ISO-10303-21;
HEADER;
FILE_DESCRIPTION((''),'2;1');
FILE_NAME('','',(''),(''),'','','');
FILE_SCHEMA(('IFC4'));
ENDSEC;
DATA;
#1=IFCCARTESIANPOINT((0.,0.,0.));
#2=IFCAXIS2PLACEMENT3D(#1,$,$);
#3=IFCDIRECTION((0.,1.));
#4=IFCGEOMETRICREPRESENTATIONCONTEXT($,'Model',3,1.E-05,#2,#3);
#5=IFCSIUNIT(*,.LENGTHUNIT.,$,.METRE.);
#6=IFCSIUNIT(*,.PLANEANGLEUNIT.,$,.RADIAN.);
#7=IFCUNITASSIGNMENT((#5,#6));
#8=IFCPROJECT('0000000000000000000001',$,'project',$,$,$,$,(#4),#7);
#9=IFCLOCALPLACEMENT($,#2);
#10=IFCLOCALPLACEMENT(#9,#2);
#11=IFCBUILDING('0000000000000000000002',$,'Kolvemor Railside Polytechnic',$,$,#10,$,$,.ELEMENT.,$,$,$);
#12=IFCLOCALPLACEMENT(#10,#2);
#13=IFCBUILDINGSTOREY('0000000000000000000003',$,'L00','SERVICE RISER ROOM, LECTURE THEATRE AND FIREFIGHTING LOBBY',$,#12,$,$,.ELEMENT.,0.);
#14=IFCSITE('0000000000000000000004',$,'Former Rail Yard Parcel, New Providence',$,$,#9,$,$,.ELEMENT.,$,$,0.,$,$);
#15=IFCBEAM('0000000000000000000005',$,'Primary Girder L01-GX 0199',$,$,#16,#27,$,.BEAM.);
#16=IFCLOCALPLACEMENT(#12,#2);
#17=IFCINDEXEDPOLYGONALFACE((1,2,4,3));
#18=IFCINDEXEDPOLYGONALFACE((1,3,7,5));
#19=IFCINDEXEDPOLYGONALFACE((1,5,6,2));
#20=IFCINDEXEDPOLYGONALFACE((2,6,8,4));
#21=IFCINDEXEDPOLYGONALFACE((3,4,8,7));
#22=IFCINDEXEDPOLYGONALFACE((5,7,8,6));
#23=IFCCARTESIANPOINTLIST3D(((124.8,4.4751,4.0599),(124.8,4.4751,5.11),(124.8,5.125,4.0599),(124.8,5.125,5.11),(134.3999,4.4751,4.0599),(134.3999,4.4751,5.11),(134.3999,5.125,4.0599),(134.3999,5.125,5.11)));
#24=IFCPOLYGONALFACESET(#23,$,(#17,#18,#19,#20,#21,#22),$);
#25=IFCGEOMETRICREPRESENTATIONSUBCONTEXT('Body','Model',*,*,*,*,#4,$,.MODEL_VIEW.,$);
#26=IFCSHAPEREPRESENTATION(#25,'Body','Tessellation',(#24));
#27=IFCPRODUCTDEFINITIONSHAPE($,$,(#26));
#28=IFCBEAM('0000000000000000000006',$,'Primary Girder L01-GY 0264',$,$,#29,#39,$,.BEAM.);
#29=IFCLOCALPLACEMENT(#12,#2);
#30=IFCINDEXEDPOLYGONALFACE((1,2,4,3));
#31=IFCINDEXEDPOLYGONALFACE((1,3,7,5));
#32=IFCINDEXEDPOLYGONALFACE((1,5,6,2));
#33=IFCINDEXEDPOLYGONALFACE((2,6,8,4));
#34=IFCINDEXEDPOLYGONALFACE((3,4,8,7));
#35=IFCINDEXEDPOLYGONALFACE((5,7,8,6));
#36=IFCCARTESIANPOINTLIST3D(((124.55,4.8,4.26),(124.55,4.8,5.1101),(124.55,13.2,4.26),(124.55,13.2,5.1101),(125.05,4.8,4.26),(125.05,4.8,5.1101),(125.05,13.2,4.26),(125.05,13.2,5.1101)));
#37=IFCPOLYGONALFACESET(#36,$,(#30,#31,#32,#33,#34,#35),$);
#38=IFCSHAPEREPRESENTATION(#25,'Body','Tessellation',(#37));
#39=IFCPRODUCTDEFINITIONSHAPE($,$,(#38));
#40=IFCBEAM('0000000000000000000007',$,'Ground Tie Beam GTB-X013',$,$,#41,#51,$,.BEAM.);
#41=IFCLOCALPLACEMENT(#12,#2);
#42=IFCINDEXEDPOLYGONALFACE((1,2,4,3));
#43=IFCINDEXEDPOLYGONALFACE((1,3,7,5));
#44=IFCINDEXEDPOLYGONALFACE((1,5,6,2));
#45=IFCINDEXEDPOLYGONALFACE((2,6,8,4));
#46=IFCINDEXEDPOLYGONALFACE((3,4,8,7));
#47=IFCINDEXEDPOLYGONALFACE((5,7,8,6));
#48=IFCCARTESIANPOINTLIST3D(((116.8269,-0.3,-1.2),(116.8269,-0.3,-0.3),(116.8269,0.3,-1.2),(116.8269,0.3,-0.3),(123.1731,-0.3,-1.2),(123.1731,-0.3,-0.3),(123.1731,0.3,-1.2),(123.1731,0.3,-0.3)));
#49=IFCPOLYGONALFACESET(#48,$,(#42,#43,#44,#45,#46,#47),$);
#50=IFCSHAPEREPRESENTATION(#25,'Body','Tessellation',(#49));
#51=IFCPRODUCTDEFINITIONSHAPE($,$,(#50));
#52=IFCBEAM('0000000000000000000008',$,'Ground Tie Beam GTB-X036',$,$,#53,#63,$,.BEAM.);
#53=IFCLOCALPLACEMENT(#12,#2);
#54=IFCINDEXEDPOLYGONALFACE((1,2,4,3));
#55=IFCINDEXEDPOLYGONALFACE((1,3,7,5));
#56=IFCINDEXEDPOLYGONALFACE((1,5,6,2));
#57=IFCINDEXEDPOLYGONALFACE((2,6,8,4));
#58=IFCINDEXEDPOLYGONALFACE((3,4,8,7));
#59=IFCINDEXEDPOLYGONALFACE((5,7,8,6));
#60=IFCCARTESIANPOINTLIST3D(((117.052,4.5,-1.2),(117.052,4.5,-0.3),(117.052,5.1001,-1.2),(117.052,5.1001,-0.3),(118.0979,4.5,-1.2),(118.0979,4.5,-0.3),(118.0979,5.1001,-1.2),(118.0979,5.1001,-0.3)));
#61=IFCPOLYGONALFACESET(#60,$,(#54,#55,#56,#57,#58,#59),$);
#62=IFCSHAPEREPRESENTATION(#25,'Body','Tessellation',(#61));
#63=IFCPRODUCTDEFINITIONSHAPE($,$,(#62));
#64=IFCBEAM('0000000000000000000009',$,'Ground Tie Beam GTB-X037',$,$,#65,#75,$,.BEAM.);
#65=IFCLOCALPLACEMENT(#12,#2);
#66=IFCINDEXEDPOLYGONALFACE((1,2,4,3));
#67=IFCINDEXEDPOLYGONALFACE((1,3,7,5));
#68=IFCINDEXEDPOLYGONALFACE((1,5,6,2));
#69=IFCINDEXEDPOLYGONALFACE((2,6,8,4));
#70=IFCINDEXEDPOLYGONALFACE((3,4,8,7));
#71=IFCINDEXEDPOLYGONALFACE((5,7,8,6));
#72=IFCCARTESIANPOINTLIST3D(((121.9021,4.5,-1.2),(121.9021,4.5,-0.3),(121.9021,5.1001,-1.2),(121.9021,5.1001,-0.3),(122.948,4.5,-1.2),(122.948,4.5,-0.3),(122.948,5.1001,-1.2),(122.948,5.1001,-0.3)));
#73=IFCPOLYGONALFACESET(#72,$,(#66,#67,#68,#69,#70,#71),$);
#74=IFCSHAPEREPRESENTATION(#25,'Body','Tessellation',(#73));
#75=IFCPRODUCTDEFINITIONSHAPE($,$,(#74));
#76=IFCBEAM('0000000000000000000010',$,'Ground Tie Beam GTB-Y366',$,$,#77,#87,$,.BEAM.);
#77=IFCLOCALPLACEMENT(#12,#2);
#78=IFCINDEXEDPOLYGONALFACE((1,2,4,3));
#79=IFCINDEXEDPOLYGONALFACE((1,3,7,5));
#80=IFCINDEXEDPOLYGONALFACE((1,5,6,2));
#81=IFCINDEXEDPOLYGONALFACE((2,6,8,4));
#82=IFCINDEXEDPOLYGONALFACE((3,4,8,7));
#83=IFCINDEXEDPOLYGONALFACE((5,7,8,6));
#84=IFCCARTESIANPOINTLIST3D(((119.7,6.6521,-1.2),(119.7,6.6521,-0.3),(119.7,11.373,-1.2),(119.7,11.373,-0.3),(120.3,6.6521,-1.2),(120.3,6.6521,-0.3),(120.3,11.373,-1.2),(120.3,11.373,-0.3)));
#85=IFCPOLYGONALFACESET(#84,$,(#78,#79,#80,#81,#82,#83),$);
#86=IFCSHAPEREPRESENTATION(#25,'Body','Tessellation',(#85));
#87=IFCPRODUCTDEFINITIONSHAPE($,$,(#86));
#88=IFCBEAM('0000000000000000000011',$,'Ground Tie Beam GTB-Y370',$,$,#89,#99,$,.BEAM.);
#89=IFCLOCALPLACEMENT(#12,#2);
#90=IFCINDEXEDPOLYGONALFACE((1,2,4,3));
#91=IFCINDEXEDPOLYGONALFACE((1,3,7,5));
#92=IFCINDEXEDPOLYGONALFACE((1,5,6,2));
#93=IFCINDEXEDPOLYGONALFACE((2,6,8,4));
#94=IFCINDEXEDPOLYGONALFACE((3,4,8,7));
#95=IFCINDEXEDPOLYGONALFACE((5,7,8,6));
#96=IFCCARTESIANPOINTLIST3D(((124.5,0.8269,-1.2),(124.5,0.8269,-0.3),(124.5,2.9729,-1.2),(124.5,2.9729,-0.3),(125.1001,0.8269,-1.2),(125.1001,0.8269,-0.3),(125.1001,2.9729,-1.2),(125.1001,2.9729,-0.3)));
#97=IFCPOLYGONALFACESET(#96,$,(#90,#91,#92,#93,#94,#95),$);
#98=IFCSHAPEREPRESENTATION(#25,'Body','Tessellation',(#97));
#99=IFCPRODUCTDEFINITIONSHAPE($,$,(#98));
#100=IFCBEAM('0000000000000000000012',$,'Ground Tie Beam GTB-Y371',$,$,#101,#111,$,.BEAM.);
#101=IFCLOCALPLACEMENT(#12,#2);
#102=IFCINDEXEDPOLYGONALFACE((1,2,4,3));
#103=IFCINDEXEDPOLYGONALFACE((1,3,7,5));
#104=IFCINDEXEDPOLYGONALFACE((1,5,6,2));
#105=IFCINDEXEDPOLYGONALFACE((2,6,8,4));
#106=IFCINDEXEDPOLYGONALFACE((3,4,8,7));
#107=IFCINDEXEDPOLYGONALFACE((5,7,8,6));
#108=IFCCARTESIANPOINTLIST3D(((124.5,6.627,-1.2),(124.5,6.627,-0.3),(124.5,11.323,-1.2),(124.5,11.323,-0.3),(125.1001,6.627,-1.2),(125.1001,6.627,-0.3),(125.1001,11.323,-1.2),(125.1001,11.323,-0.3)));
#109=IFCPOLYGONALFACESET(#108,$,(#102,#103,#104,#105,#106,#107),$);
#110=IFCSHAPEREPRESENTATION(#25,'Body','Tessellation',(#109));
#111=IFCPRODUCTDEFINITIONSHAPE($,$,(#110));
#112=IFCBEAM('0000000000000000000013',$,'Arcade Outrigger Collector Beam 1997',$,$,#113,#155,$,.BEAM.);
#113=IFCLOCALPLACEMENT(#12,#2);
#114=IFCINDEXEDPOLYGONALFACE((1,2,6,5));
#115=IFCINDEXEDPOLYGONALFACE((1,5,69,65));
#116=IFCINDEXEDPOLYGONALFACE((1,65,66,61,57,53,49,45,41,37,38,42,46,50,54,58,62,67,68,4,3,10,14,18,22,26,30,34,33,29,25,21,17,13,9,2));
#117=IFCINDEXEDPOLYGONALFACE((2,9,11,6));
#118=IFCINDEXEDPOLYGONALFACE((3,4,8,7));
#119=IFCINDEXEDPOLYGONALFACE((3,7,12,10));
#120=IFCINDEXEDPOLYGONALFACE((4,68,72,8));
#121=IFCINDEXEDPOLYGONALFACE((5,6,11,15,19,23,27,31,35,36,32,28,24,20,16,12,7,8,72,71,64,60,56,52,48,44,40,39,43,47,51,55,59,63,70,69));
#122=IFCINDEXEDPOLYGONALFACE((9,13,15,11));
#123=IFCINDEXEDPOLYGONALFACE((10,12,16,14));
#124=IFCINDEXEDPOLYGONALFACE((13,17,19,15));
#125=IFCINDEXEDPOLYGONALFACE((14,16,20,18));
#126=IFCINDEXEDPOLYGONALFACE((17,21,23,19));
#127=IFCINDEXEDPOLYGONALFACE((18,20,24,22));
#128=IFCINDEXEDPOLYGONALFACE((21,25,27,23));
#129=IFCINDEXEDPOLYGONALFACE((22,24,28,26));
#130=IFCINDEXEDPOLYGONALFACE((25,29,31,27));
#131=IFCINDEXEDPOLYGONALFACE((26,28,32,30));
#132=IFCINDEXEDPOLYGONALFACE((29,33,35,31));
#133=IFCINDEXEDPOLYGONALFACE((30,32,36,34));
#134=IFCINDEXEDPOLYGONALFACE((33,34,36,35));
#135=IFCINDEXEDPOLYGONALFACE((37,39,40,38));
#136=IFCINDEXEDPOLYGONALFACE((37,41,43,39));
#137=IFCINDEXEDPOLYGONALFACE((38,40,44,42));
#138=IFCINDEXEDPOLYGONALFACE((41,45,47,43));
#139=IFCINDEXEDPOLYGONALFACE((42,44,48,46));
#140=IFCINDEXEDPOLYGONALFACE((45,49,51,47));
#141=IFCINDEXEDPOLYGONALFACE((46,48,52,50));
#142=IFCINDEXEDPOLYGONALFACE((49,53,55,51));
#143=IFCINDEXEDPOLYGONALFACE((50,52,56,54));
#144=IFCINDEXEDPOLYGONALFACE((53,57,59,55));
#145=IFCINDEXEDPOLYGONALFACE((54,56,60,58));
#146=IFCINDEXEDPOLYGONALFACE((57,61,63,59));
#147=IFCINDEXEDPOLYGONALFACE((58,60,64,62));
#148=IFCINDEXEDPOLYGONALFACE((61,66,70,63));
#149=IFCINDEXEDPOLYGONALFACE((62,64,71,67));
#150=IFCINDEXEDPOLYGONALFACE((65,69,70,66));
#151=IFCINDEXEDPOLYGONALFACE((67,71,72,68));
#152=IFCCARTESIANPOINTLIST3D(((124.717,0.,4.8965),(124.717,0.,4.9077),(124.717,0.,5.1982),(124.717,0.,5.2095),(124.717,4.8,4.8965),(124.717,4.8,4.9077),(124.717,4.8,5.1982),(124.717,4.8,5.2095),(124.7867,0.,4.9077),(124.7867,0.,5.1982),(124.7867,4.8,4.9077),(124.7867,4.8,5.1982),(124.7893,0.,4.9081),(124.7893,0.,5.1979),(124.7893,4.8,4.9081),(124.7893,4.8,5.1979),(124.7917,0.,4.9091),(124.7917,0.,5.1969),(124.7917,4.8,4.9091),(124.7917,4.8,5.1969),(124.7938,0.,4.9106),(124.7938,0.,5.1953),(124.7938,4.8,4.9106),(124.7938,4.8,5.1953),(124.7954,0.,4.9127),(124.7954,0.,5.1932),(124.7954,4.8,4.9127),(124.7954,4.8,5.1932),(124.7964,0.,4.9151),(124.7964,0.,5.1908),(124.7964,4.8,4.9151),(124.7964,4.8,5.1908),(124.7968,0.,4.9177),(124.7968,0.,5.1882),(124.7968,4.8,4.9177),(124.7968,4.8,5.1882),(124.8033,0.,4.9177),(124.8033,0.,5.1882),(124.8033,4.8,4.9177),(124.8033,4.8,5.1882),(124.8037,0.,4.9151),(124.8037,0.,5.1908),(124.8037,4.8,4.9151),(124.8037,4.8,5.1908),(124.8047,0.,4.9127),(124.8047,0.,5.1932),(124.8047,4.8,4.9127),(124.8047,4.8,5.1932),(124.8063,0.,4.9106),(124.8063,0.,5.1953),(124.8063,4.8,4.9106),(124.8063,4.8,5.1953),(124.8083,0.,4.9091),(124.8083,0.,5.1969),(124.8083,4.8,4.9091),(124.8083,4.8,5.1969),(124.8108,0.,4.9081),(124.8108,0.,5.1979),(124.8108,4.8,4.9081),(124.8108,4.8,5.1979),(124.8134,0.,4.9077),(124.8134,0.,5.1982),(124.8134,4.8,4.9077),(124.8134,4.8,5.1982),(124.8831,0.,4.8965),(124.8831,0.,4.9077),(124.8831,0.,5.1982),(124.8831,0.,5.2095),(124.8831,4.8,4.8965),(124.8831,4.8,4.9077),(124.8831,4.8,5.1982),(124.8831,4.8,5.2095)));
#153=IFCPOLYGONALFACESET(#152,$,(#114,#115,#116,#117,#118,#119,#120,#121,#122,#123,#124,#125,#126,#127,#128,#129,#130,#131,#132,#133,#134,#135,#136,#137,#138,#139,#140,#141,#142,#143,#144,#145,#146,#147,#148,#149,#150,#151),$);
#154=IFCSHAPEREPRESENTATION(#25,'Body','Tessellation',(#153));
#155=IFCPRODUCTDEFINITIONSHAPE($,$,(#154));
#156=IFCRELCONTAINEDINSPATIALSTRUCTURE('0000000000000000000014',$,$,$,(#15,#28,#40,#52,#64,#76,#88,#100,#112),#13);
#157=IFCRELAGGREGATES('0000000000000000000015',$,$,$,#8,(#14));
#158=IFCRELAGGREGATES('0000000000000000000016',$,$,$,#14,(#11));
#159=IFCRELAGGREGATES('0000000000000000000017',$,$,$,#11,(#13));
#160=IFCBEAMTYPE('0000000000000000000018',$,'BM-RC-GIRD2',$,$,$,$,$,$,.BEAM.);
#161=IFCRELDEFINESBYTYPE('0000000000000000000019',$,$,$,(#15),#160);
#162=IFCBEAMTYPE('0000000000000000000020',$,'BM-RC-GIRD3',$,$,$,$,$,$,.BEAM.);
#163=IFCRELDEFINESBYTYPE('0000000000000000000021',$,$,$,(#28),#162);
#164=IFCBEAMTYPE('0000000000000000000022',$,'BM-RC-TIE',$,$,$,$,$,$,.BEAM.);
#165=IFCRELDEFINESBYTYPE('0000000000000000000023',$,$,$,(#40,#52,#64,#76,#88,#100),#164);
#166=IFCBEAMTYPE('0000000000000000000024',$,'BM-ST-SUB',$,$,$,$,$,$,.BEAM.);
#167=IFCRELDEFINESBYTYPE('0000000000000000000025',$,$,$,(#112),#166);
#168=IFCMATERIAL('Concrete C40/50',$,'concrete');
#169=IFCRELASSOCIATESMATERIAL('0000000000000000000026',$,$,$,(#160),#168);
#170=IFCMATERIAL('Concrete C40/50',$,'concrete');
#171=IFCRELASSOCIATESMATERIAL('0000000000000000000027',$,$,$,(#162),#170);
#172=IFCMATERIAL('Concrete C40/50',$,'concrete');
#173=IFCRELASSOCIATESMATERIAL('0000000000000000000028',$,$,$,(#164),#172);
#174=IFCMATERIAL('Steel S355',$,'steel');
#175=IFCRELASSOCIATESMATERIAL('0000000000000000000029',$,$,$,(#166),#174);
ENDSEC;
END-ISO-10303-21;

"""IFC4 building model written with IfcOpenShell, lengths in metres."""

from ifc_helpers import new_model, si_unit, direction, frame, origin, origin_2d, place, context, subcontext, project, spatial, rectangle, i_section, extrude, material, material_profile, profile_set, type_object, element, save


model = new_model("IFC4")

# Units and contexts
model_context = context("Model", 3, precision=1e-05, world=origin(), true_north=direction((0.0, 1.0)))
body_context = subcontext(model_context, "Body", "Model", "MODEL_VIEW")
ifc_project = project(units=[si_unit("LENGTHUNIT", "METRE"), si_unit("PLANEANGLEUNIT", "RADIAN")], contexts=[model_context])

# Site, building, storey
site_placement = place(None, origin())
site = spatial("IfcSite", under=ifc_project, at=site_placement, Name="Former Rail Yard Parcel, New Providence", CompositionType="ELEMENT", RefElevation=0.0)
building_placement = place(site_placement, origin())
building = spatial("IfcBuilding", under=site, at=building_placement, Name="Kolvemor Railside Polytechnic", CompositionType="ELEMENT")
storey_placement = place(building_placement, origin())
storey = spatial("IfcBuildingStorey", under=building, at=storey_placement, Name="L00", Description="SERVICE RISER ROOM, LECTURE THEATRE AND FIREFIGHTING LOBBY", CompositionType="ELEMENT", Elevation=0.0)

# Beams
ifc_material_1 = material(Name="Concrete C40/50", Category="concrete")
ifc_material_profile_1 = material_profile(ifc_material_1, rectangle(XDim=0.6499, YDim=1.05, at=origin_2d()), Name="RC650x1050")
ifc_profile_set_1 = profile_set([ifc_material_profile_1], Name="Concrete C40/50")
beam_type_1 = type_object("IfcBeamType", Name="BM-RC-GIRD2", PredefinedType="BEAM", material=ifc_profile_set_1)
beam_1_placement = place(storey_placement, frame((124.8, 4.8, 4.585), z_axis=(1.0, 0.0, 0.0), x_axis=(0.0, 1.0, 0.0)))
element("IfcBeam", 1, at=beam_1_placement, inside=storey, type_object=beam_type_1, Name="Primary Girder L01-GX 0199", PredefinedType="BEAM", context=body_context, shape_type="SweptSolid", body=[
    extrude(rectangle(XDim=0.6499, YDim=1.05, at=origin_2d()), origin(), (0.0, 0.0, 1.0), 9.5999),
])
ifc_material_2 = material(Name="Concrete C40/50", Category="concrete")
ifc_material_profile_2 = material_profile(ifc_material_2, rectangle(XDim=0.5, YDim=0.8501, at=origin_2d()), Name="RC500x850")
ifc_profile_set_2 = profile_set([ifc_material_profile_2], Name="Concrete C40/50")
beam_type_2 = type_object("IfcBeamType", Name="BM-RC-GIRD3", PredefinedType="BEAM", material=ifc_profile_set_2)
beam_2_placement = place(storey_placement, frame((124.8, 4.8, 4.6851), z_axis=(0.0, 1.0, 0.0), x_axis=(-1.0, 0.0, 0.0)))
element("IfcBeam", 2, at=beam_2_placement, inside=storey, type_object=beam_type_2, Name="Primary Girder L01-GY 0264", PredefinedType="BEAM", context=body_context, shape_type="SweptSolid", body=[
    extrude(rectangle(XDim=0.5, YDim=0.8501, at=origin_2d()), origin(), (0.0, 0.0, 1.0), 8.3999),
])
ifc_material_3 = material(Name="Concrete C40/50", Category="concrete")
ifc_material_profile_3 = material_profile(ifc_material_3, rectangle(XDim=0.6001, YDim=0.8999, at=origin_2d()), Name="RC600x900")
ifc_profile_set_3 = profile_set([ifc_material_profile_3], Name="Concrete C40/50")
beam_type_3 = type_object("IfcBeamType", Name="BM-RC-TIE", PredefinedType="BEAM", material=ifc_profile_set_3)
beam_3_placement = place(storey_placement, frame((116.8269, 0.0, -0.75), z_axis=(1.0, 0.0, 0.0), x_axis=(0.0, 1.0, 0.0)))
element("IfcBeam", 3, at=beam_3_placement, inside=storey, type_object=beam_type_3, Name="Ground Tie Beam GTB-X013", PredefinedType="BEAM", context=body_context, shape_type="SweptSolid", body=[
    extrude(rectangle(XDim=0.6001, YDim=0.8999, at=origin_2d()), origin(), (0.0, 0.0, 1.0), 6.3462),
])
for number, where, z_axis, x_axis, name in (
    (4, (117.052, 4.8, -0.75), (1.0, 0.0, 0.0), (0.0, 1.0, 0.0), "Ground Tie Beam GTB-X036"),
    (5, (121.9021, 4.8, -0.75), (1.0, 0.0, 0.0), (0.0, 1.0, 0.0), "Ground Tie Beam GTB-X037"),
):
    element("IfcBeam", number, at=place(storey_placement, frame(where, z_axis=z_axis, x_axis=x_axis)), inside=storey, type_object=beam_type_3, Name=name, PredefinedType="BEAM", context=body_context, shape_type="SweptSolid", body=[
        extrude(rectangle(XDim=0.6001, YDim=0.8999, at=origin_2d()), origin(), (0.0, 0.0, 1.0), 1.0459),
    ])
beam_4_placement = place(storey_placement, frame((120.0, 6.6521, -0.75), z_axis=(0.0, 1.0, 0.0), x_axis=(-1.0, 0.0, 0.0)))
element("IfcBeam", 6, at=beam_4_placement, inside=storey, type_object=beam_type_3, Name="Ground Tie Beam GTB-Y366", PredefinedType="BEAM", context=body_context, shape_type="SweptSolid", body=[
    extrude(rectangle(XDim=0.6001, YDim=0.8999, at=origin_2d()), origin(), (0.0, 0.0, 1.0), 4.7209),
])
beam_5_placement = place(storey_placement, frame((124.8, 0.8269, -0.75), z_axis=(0.0, 1.0, 0.0), x_axis=(-1.0, 0.0, 0.0)))
element("IfcBeam", 7, at=beam_5_placement, inside=storey, type_object=beam_type_3, Name="Ground Tie Beam GTB-Y370", PredefinedType="BEAM", context=body_context, shape_type="SweptSolid", body=[
    extrude(rectangle(XDim=0.6001, YDim=0.8999, at=origin_2d()), origin(), (0.0, 0.0, 1.0), 2.146),
])
beam_6_placement = place(storey_placement, frame((124.8, 6.627, -0.75), z_axis=(0.0, 1.0, 0.0), x_axis=(-1.0, 0.0, 0.0)))
element("IfcBeam", 8, at=beam_6_placement, inside=storey, type_object=beam_type_3, Name="Ground Tie Beam GTB-Y371", PredefinedType="BEAM", context=body_context, shape_type="SweptSolid", body=[
    extrude(rectangle(XDim=0.6001, YDim=0.8999, at=origin_2d()), origin(), (0.0, 0.0, 1.0), 4.696),
])
ifc_material_4 = material(Name="Steel S355", Category="steel")
ifc_material_profile_4 = material_profile(ifc_material_4, i_section(OverallWidth=0.166, OverallDepth=0.313, WebThickness=0.0066, FlangeThickness=0.0112, FilletRadius=0.01, at=origin_2d()), Name="W310x45")
ifc_profile_set_4 = profile_set([ifc_material_profile_4], Name="Steel S355")
beam_type_4 = type_object("IfcBeamType", Name="BM-ST-SUB", PredefinedType="BEAM", material=ifc_profile_set_4)
beam_7_placement = place(storey_placement, frame((124.8, 0.0, 5.053), z_axis=(0.0, 1.0, 0.0), x_axis=(-1.0, 0.0, 0.0)))
element("IfcBeam", 9, at=beam_7_placement, inside=storey, type_object=beam_type_4, Name="Arcade Outrigger Collector Beam 1997", PredefinedType="BEAM", context=body_context, shape_type="SweptSolid", body=[
    extrude(i_section(OverallWidth=0.166, OverallDepth=0.313, WebThickness=0.0066, FlangeThickness=0.0112, FilletRadius=0.01, at=origin_2d()), origin(), (0.0, 0.0, 1.0), 4.8),
])

save(model, "model.ifc")
